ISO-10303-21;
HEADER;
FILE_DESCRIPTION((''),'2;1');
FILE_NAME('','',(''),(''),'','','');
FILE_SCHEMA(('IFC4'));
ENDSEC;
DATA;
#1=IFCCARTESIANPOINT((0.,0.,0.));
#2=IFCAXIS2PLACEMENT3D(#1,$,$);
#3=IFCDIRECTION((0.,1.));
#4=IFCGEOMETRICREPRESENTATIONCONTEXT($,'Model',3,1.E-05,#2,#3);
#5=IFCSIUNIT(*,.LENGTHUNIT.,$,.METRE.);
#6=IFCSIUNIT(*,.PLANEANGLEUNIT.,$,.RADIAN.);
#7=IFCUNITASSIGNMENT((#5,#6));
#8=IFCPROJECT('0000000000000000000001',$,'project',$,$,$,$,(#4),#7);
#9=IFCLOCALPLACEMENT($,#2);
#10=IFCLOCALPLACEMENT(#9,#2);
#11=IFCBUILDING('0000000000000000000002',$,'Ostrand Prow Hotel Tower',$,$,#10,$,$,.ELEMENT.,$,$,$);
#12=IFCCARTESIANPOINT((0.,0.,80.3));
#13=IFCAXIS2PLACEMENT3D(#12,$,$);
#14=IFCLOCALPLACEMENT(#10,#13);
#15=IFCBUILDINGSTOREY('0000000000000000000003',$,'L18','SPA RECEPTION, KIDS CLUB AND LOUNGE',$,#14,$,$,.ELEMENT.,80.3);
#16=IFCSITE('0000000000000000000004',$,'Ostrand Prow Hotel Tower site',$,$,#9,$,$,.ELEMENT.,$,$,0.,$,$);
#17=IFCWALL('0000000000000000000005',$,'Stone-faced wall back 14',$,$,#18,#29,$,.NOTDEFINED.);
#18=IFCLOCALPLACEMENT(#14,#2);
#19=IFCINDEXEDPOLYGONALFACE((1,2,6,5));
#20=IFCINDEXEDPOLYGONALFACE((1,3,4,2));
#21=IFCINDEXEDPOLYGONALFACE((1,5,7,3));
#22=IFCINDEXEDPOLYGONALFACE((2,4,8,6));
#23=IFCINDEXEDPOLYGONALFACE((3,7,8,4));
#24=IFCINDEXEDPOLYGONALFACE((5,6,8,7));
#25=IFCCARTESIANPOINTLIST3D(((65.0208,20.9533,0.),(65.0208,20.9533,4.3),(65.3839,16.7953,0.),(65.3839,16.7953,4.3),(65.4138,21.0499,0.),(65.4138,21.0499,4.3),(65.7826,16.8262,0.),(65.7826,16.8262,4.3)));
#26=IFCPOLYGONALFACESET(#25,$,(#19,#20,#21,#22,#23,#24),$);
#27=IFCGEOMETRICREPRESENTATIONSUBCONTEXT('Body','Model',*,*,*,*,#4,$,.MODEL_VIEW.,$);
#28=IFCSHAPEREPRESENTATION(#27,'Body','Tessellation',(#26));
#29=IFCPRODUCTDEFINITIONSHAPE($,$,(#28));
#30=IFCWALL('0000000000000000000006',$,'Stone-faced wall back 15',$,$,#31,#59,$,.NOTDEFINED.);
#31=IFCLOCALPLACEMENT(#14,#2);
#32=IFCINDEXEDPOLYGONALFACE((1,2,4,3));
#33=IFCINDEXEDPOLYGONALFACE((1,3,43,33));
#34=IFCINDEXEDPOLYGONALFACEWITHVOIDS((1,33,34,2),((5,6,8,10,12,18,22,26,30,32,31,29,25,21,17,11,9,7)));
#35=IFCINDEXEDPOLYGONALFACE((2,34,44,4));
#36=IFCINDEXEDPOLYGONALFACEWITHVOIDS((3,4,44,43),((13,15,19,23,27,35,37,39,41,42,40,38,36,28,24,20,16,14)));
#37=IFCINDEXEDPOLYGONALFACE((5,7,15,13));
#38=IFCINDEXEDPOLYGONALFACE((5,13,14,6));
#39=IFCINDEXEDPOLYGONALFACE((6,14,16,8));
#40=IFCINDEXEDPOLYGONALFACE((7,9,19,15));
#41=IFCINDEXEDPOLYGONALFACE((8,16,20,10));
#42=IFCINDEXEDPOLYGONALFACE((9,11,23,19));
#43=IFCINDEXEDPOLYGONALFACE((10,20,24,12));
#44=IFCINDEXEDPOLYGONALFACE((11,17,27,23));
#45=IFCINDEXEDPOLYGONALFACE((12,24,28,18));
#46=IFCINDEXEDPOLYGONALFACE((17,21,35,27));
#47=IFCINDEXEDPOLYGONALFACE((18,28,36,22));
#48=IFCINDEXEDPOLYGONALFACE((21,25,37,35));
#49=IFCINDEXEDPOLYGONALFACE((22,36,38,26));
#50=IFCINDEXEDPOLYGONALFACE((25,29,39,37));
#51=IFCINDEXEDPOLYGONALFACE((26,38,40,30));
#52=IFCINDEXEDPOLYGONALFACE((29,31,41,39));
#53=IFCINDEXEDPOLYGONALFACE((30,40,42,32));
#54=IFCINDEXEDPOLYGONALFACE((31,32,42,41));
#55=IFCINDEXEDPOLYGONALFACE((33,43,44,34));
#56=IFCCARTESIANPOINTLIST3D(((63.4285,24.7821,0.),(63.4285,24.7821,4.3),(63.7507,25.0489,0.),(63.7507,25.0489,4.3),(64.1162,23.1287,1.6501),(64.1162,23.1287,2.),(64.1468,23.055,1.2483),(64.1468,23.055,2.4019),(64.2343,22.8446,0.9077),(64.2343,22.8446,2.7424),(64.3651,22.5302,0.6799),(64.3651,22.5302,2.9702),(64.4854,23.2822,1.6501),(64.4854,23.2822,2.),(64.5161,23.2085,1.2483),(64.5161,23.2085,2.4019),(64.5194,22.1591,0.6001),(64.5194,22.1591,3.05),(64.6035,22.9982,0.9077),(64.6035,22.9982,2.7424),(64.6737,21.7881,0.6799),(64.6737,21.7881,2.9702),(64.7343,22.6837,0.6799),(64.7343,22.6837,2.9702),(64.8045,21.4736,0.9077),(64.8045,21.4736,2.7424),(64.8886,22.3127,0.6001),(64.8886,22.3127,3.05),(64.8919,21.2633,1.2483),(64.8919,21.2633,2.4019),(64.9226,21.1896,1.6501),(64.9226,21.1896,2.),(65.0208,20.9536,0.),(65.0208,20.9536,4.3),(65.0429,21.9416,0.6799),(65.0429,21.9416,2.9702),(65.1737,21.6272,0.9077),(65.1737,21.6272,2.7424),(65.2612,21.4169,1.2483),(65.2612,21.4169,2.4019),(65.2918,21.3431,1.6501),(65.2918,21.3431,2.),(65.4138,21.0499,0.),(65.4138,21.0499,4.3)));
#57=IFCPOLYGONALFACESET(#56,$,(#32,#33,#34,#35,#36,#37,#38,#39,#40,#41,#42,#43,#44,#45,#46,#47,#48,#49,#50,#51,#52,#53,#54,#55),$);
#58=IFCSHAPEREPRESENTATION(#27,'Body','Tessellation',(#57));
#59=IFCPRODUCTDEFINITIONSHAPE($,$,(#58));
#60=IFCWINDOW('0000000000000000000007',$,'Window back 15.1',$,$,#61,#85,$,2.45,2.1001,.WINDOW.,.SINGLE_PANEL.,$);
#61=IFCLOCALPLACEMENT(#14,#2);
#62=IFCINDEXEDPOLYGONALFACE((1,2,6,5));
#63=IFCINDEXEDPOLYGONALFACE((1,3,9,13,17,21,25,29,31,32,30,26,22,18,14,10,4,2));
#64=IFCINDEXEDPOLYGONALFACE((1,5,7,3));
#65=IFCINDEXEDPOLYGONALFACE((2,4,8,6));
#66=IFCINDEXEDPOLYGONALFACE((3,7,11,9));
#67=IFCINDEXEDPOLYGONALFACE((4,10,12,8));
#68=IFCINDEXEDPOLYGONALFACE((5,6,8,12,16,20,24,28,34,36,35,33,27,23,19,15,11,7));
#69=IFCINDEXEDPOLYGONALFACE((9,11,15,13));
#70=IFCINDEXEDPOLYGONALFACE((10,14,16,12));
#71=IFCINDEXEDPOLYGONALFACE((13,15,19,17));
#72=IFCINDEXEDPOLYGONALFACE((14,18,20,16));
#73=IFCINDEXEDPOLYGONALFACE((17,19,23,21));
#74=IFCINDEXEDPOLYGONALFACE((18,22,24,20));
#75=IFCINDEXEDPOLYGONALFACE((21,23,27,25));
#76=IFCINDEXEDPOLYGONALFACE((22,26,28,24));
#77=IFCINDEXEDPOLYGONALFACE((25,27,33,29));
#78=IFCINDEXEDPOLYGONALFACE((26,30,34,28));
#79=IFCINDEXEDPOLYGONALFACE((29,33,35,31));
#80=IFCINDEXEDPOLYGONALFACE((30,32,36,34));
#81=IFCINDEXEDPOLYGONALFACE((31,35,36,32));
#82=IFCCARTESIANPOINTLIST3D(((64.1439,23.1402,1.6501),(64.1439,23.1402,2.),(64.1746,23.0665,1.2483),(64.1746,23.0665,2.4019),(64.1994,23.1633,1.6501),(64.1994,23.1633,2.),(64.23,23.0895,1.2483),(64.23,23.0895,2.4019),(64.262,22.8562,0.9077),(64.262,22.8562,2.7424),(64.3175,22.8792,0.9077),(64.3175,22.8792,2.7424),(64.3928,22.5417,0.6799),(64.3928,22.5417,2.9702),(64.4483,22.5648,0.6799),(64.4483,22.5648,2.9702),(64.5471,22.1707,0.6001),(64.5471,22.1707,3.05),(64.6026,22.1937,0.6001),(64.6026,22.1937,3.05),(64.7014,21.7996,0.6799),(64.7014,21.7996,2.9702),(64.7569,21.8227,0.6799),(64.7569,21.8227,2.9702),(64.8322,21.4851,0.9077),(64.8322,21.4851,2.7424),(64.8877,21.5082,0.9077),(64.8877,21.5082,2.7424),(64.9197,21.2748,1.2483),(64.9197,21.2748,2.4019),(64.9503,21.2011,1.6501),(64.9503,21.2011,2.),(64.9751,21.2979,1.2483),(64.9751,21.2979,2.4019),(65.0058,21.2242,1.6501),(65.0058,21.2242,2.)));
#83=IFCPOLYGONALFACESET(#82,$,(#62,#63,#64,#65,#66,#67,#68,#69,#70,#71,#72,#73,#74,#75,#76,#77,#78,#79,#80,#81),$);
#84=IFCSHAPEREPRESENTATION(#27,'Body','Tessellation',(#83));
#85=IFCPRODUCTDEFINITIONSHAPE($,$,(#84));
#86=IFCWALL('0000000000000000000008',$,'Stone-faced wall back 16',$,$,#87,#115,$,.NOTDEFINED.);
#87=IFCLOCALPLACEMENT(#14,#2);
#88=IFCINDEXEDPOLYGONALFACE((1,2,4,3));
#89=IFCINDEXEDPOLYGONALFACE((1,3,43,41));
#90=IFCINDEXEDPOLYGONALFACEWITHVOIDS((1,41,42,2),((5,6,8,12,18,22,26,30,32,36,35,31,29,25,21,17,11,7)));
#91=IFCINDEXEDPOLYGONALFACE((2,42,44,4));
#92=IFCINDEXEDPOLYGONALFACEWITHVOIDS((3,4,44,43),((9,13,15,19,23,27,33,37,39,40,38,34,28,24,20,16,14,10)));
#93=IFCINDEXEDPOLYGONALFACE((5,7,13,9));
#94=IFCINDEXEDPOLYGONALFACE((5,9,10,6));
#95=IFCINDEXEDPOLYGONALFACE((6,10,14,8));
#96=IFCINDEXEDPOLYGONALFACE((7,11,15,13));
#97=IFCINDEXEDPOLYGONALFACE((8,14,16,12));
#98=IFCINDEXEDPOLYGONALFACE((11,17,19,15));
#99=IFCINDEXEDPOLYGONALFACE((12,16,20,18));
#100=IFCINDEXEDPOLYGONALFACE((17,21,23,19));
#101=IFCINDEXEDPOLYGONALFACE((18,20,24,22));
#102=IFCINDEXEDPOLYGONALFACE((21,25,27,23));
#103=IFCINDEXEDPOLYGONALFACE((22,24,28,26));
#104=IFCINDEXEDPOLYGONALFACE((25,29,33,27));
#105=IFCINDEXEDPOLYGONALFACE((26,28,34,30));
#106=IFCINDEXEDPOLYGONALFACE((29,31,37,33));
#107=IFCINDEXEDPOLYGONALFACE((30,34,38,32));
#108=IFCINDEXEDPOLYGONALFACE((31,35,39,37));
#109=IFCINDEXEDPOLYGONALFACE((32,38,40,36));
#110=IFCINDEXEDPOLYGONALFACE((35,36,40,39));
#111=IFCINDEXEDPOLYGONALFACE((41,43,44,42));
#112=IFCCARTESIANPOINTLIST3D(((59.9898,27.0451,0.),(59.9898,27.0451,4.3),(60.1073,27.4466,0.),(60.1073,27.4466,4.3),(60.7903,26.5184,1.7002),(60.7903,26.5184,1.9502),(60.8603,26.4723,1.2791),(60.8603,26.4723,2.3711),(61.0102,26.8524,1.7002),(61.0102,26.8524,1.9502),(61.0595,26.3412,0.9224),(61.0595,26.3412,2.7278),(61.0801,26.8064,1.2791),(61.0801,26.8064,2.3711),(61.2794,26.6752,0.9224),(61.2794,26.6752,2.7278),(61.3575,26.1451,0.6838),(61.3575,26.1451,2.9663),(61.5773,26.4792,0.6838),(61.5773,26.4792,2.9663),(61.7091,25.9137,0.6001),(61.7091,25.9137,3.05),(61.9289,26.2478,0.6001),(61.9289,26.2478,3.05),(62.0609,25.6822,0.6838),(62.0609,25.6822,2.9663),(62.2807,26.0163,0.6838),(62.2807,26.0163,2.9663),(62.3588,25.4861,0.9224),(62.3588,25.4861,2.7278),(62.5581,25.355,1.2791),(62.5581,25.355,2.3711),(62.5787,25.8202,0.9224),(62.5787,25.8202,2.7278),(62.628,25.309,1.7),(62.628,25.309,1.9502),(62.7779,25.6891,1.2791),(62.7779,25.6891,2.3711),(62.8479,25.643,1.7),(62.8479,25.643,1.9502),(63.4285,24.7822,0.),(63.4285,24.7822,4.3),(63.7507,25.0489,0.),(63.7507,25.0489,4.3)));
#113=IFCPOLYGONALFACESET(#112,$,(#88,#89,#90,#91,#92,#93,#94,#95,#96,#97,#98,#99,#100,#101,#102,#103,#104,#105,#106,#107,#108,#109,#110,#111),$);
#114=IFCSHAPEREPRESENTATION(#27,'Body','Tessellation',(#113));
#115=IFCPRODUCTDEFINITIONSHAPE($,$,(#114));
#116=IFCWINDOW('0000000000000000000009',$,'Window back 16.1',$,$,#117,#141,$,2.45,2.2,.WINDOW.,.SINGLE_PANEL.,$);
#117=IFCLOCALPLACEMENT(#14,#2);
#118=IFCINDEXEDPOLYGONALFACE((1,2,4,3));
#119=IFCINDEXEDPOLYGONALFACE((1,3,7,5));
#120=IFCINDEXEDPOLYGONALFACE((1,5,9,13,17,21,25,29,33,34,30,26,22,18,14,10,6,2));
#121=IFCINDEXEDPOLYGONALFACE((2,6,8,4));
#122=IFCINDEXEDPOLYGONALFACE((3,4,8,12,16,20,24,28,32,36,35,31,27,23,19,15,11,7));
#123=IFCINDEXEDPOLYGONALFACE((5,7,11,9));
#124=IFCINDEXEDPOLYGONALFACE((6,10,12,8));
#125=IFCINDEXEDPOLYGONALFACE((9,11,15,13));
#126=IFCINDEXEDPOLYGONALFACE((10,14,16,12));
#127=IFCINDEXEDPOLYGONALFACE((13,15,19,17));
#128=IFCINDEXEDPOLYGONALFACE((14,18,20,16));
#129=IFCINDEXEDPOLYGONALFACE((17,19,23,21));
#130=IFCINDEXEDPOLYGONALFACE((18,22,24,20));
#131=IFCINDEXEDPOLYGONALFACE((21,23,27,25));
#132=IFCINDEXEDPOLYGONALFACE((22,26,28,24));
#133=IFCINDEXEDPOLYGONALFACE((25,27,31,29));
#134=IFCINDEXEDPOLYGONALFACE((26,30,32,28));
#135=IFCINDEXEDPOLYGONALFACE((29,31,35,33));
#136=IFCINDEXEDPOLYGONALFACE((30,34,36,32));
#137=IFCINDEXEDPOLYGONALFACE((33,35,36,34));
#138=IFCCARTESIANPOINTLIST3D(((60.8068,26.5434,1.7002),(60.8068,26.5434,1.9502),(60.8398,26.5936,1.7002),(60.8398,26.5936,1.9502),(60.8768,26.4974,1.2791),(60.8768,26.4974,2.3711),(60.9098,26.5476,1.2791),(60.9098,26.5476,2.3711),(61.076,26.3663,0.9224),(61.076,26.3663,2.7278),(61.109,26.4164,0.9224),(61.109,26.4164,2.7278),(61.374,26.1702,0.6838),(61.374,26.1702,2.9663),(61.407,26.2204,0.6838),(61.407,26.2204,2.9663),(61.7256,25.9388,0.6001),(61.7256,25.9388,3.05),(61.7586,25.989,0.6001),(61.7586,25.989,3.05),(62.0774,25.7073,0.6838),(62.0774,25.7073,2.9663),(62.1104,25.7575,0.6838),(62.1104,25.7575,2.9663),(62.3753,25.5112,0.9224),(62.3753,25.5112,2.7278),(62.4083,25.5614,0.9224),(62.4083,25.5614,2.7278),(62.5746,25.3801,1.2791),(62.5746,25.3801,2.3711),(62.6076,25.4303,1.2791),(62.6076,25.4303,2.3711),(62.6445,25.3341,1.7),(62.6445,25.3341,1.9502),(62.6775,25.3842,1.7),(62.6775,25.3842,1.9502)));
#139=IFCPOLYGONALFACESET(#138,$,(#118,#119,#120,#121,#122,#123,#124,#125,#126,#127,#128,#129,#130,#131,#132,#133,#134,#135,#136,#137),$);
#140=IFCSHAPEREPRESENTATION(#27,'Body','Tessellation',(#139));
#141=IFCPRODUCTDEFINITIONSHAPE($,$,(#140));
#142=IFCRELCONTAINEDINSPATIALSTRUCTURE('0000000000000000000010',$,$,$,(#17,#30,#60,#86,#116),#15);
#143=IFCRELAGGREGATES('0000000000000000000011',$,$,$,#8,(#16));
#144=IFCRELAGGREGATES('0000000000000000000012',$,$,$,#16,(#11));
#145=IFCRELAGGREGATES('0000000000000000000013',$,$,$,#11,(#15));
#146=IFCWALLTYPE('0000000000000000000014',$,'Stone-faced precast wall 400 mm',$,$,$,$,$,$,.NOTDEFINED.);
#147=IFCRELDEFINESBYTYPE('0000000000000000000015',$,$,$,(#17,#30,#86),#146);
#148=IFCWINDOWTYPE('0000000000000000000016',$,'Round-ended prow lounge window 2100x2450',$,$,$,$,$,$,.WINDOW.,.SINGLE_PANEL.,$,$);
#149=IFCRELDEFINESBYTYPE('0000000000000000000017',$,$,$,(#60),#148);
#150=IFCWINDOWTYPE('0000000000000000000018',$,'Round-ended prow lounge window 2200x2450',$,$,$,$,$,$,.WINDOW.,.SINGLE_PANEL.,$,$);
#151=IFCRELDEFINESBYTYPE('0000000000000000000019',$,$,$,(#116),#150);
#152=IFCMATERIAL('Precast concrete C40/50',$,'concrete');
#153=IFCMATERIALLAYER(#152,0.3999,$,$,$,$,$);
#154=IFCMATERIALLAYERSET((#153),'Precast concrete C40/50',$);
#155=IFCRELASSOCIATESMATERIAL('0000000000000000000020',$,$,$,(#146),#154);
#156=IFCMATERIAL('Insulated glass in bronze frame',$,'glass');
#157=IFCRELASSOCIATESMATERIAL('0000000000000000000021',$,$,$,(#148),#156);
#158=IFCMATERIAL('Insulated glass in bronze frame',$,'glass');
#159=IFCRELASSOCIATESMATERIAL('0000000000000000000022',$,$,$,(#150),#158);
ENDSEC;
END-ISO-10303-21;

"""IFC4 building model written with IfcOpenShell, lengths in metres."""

from ifc_helpers import new_model, si_unit, direction, frame, origin, place, context, subcontext, project, spatial, polyline, outline, extrude, material, layer, layer_set, type_object, element, fill, save


model = new_model("IFC4")

# Units and contexts
model_context = context("Model", 3, precision=1e-05, world=origin(), true_north=direction((0.0, 1.0)))
body_context = subcontext(model_context, "Body", "Model", "MODEL_VIEW")
ifc_project = project(units=[si_unit("LENGTHUNIT", "METRE"), si_unit("PLANEANGLEUNIT", "RADIAN")], contexts=[model_context])

# Site, building, storey
site_placement = place(None, origin())
site = spatial("IfcSite", under=ifc_project, at=site_placement, Name="Ostrand Prow Hotel Tower site", CompositionType="ELEMENT", RefElevation=0.0)
building_placement = place(site_placement, origin())
building = spatial("IfcBuilding", under=site, at=building_placement, Name="Ostrand Prow Hotel Tower", CompositionType="ELEMENT")
storey_placement = place(building_placement, frame((0.0, 0.0, 80.3)))
storey = spatial("IfcBuildingStorey", under=building, at=storey_placement, Name="L18", Description="SPA RECEPTION, KIDS CLUB AND LOUNGE", CompositionType="ELEMENT", Elevation=80.3)

# Wall
ifc_material_1 = material(Name="Precast concrete C40/50", Category="concrete")
ifc_layer_1 = layer(ifc_material_1, 0.3999)
ifc_layer_set_1 = layer_set([ifc_layer_1], Name="Precast concrete C40/50")
wall_type_1 = type_object("IfcWallType", Name="Stone-faced precast wall 400 mm", PredefinedType="NOTDEFINED", material=ifc_layer_set_1)
wall_1_placement = place(storey_placement, frame((65.5833, 16.8108, 0.0), z_axis=(0.0, 0.0, 1.0), x_axis=(-0.086993, 0.996209, 0.0)))
element("IfcWall", 1, at=wall_1_placement, inside=storey, type_object=wall_type_1, Name="Stone-faced wall back 14", PredefinedType="NOTDEFINED", context=body_context, shape_type="SweptSolid", body=[
    extrude(outline(polyline([(-0.002, -0.2), (4.2378, -0.2), (4.1758, 0.2), (0.002, 0.2), (-0.002, -0.2)])), origin(), (0.0, 0.0, 1.0), 4.3),
])

# Walls, openings, windows
wall_2_placement = place(storey_placement, frame((65.2173, 21.0017, 0.0), z_axis=(0.0, 0.0, 1.0), x_axis=(-0.383998, 0.923334, 0.0)))
wall_2 = element("IfcWall", 2, at=wall_2_placement, inside=storey, type_object=wall_type_1, Name="Stone-faced wall back 15", PredefinedType="NOTDEFINED", context=body_context, shape_type="SweptSolid", body=[
    extrude(outline(polyline([(-0.031, -0.2), (4.3, -0.2), (4.1775, 0.2), (0.031, 0.2), (-0.031, -0.2)])), origin(), (0.0, 0.0, 1.0), 4.3),
])
opening_1_placement = place(wall_2_placement, frame((0.2866, 0.0, 0.6001)))
opening_1 = element("IfcOpeningElement", 3, at=opening_1_placement, cuts=wall_2, PredefinedType="OPENING", context=body_context, shape_type="SweptSolid", body=[
    extrude(outline(polyline([(0.0, 1.3999), (0.0798, 1.8018), (0.3076, 2.1423), (0.6482, 2.3701), (1.05, 2.45), (1.4519, 2.3701), (1.7925, 2.1423), (2.0203, 1.8018), (2.1001, 1.3999), (2.1001, 1.05), (2.0203, 0.6482), (1.7925, 0.3076), (1.4519, 0.0798), (1.05, 0.0), (0.6482, 0.0798), (0.3076, 0.3076), (0.0798, 0.6482), (0.0, 1.05), (0.0, 1.3999)])), frame((0.0, 0.21, 0.0), z_axis=(0.0, -1.0, 0.0), x_axis=(1.0, 0.0, 0.0)), (0.0, 0.0, 1.0), 0.4199),
])
ifc_material_2 = material(Name="Insulated glass in bronze frame", Category="glass")
window_type_1 = type_object("IfcWindowType", Name="Round-ended prow lounge window 2100x2450", PartitioningType="SINGLE_PANEL", PredefinedType="WINDOW", material=ifc_material_2)
window_1_placement = place(opening_1_placement, origin())
window_1 = element("IfcWindow", 4, at=window_1_placement, inside=storey, type_object=window_type_1, Name="Window back 15.1", OverallHeight=2.45, OverallWidth=2.1001, PartitioningType="SINGLE_PANEL", PredefinedType="WINDOW", context=body_context, shape_type="SweptSolid", body=[
    extrude(outline(polyline([(0.0, 1.3999), (0.0798, 1.8018), (0.3076, 2.1423), (0.6482, 2.3701), (1.05, 2.45), (1.4519, 2.3701), (1.7925, 2.1423), (2.0203, 1.8018), (2.1001, 1.3999), (2.1001, 1.05), (2.0203, 0.6482), (1.7925, 0.3076), (1.4519, 0.0798), (1.05, 0.0), (0.6482, 0.0798), (0.3076, 0.3076), (0.0798, 0.6482), (0.0, 1.05), (0.0, 1.3999)])), frame((0.0, 0.1699, 0.0), z_axis=(0.0, -1.0, 0.0), x_axis=(1.0, 0.0, 0.0)), (0.0, 0.0, 1.0), 0.0601),
])
fill(opening_1, window_1)
wall_3_placement = place(storey_placement, frame((63.5896, 24.9155, 0.0), z_axis=(0.0, 0.0, 1.0), x_axis=(-0.835341, 0.549733, 0.0)))
wall_3 = element("IfcWall", 5, at=wall_3_placement, inside=storey, type_object=wall_type_1, Name="Stone-faced wall back 16", PredefinedType="NOTDEFINED", context=body_context, shape_type="SweptSolid", body=[
    extrude(outline(polyline([(-0.0613, -0.2), (4.3003, -0.2), (4.1777, 0.2), (0.0613, 0.2), (-0.0613, -0.2)])), origin(), (0.0, 0.0, 1.0), 4.3),
])
opening_2_placement = place(wall_3_placement, frame((1.0195, 0.0, 0.6001)))
opening_2 = element("IfcOpeningElement", 6, at=opening_2_placement, cuts=wall_3, PredefinedType="OPENING", context=body_context, shape_type="SweptSolid", body=[
    extrude(outline(polyline([(0.0, 1.3501), (0.0837, 1.771), (0.3223, 2.1277), (0.679, 2.3662), (1.1001, 2.45), (1.521, 2.3662), (1.8777, 2.1277), (2.1162, 1.771), (2.2, 1.3501), (2.2, 1.1001), (2.1162, 0.679), (1.8777, 0.3223), (1.521, 0.0837), (1.1001, 0.0), (0.679, 0.0837), (0.3223, 0.3223), (0.0837, 0.679), (0.0, 1.0999), (0.0, 1.3501)])), frame((0.0, 0.21, 0.0), z_axis=(0.0, -1.0, 0.0), x_axis=(1.0, 0.0, 0.0)), (0.0, 0.0, 1.0), 0.4199),
])
ifc_material_3 = material(Name="Insulated glass in bronze frame", Category="glass")
window_type_2 = type_object("IfcWindowType", Name="Round-ended prow lounge window 2200x2450", PartitioningType="SINGLE_PANEL", PredefinedType="WINDOW", material=ifc_material_3)
window_2_placement = place(opening_2_placement, origin())
window_2 = element("IfcWindow", 7, at=window_2_placement, inside=storey, type_object=window_type_2, Name="Window back 16.1", OverallHeight=2.45, OverallWidth=2.2, PartitioningType="SINGLE_PANEL", PredefinedType="WINDOW", context=body_context, shape_type="SweptSolid", body=[
    extrude(outline(polyline([(0.0, 1.3501), (0.0837, 1.771), (0.3223, 2.1277), (0.679, 2.3662), (1.1001, 2.45), (1.521, 2.3662), (1.8777, 2.1277), (2.1162, 1.771), (2.2, 1.3501), (2.2, 1.1001), (2.1162, 0.679), (1.8777, 0.3223), (1.521, 0.0837), (1.1001, 0.0), (0.679, 0.0837), (0.3223, 0.3223), (0.0837, 0.679), (0.0, 1.0999), (0.0, 1.3501)])), frame((0.0, 0.1699, 0.0), z_axis=(0.0, -1.0, 0.0), x_axis=(1.0, 0.0, 0.0)), (0.0, 0.0, 1.0), 0.0601),
])
fill(opening_2, window_2)

save(model, "model.ifc")
